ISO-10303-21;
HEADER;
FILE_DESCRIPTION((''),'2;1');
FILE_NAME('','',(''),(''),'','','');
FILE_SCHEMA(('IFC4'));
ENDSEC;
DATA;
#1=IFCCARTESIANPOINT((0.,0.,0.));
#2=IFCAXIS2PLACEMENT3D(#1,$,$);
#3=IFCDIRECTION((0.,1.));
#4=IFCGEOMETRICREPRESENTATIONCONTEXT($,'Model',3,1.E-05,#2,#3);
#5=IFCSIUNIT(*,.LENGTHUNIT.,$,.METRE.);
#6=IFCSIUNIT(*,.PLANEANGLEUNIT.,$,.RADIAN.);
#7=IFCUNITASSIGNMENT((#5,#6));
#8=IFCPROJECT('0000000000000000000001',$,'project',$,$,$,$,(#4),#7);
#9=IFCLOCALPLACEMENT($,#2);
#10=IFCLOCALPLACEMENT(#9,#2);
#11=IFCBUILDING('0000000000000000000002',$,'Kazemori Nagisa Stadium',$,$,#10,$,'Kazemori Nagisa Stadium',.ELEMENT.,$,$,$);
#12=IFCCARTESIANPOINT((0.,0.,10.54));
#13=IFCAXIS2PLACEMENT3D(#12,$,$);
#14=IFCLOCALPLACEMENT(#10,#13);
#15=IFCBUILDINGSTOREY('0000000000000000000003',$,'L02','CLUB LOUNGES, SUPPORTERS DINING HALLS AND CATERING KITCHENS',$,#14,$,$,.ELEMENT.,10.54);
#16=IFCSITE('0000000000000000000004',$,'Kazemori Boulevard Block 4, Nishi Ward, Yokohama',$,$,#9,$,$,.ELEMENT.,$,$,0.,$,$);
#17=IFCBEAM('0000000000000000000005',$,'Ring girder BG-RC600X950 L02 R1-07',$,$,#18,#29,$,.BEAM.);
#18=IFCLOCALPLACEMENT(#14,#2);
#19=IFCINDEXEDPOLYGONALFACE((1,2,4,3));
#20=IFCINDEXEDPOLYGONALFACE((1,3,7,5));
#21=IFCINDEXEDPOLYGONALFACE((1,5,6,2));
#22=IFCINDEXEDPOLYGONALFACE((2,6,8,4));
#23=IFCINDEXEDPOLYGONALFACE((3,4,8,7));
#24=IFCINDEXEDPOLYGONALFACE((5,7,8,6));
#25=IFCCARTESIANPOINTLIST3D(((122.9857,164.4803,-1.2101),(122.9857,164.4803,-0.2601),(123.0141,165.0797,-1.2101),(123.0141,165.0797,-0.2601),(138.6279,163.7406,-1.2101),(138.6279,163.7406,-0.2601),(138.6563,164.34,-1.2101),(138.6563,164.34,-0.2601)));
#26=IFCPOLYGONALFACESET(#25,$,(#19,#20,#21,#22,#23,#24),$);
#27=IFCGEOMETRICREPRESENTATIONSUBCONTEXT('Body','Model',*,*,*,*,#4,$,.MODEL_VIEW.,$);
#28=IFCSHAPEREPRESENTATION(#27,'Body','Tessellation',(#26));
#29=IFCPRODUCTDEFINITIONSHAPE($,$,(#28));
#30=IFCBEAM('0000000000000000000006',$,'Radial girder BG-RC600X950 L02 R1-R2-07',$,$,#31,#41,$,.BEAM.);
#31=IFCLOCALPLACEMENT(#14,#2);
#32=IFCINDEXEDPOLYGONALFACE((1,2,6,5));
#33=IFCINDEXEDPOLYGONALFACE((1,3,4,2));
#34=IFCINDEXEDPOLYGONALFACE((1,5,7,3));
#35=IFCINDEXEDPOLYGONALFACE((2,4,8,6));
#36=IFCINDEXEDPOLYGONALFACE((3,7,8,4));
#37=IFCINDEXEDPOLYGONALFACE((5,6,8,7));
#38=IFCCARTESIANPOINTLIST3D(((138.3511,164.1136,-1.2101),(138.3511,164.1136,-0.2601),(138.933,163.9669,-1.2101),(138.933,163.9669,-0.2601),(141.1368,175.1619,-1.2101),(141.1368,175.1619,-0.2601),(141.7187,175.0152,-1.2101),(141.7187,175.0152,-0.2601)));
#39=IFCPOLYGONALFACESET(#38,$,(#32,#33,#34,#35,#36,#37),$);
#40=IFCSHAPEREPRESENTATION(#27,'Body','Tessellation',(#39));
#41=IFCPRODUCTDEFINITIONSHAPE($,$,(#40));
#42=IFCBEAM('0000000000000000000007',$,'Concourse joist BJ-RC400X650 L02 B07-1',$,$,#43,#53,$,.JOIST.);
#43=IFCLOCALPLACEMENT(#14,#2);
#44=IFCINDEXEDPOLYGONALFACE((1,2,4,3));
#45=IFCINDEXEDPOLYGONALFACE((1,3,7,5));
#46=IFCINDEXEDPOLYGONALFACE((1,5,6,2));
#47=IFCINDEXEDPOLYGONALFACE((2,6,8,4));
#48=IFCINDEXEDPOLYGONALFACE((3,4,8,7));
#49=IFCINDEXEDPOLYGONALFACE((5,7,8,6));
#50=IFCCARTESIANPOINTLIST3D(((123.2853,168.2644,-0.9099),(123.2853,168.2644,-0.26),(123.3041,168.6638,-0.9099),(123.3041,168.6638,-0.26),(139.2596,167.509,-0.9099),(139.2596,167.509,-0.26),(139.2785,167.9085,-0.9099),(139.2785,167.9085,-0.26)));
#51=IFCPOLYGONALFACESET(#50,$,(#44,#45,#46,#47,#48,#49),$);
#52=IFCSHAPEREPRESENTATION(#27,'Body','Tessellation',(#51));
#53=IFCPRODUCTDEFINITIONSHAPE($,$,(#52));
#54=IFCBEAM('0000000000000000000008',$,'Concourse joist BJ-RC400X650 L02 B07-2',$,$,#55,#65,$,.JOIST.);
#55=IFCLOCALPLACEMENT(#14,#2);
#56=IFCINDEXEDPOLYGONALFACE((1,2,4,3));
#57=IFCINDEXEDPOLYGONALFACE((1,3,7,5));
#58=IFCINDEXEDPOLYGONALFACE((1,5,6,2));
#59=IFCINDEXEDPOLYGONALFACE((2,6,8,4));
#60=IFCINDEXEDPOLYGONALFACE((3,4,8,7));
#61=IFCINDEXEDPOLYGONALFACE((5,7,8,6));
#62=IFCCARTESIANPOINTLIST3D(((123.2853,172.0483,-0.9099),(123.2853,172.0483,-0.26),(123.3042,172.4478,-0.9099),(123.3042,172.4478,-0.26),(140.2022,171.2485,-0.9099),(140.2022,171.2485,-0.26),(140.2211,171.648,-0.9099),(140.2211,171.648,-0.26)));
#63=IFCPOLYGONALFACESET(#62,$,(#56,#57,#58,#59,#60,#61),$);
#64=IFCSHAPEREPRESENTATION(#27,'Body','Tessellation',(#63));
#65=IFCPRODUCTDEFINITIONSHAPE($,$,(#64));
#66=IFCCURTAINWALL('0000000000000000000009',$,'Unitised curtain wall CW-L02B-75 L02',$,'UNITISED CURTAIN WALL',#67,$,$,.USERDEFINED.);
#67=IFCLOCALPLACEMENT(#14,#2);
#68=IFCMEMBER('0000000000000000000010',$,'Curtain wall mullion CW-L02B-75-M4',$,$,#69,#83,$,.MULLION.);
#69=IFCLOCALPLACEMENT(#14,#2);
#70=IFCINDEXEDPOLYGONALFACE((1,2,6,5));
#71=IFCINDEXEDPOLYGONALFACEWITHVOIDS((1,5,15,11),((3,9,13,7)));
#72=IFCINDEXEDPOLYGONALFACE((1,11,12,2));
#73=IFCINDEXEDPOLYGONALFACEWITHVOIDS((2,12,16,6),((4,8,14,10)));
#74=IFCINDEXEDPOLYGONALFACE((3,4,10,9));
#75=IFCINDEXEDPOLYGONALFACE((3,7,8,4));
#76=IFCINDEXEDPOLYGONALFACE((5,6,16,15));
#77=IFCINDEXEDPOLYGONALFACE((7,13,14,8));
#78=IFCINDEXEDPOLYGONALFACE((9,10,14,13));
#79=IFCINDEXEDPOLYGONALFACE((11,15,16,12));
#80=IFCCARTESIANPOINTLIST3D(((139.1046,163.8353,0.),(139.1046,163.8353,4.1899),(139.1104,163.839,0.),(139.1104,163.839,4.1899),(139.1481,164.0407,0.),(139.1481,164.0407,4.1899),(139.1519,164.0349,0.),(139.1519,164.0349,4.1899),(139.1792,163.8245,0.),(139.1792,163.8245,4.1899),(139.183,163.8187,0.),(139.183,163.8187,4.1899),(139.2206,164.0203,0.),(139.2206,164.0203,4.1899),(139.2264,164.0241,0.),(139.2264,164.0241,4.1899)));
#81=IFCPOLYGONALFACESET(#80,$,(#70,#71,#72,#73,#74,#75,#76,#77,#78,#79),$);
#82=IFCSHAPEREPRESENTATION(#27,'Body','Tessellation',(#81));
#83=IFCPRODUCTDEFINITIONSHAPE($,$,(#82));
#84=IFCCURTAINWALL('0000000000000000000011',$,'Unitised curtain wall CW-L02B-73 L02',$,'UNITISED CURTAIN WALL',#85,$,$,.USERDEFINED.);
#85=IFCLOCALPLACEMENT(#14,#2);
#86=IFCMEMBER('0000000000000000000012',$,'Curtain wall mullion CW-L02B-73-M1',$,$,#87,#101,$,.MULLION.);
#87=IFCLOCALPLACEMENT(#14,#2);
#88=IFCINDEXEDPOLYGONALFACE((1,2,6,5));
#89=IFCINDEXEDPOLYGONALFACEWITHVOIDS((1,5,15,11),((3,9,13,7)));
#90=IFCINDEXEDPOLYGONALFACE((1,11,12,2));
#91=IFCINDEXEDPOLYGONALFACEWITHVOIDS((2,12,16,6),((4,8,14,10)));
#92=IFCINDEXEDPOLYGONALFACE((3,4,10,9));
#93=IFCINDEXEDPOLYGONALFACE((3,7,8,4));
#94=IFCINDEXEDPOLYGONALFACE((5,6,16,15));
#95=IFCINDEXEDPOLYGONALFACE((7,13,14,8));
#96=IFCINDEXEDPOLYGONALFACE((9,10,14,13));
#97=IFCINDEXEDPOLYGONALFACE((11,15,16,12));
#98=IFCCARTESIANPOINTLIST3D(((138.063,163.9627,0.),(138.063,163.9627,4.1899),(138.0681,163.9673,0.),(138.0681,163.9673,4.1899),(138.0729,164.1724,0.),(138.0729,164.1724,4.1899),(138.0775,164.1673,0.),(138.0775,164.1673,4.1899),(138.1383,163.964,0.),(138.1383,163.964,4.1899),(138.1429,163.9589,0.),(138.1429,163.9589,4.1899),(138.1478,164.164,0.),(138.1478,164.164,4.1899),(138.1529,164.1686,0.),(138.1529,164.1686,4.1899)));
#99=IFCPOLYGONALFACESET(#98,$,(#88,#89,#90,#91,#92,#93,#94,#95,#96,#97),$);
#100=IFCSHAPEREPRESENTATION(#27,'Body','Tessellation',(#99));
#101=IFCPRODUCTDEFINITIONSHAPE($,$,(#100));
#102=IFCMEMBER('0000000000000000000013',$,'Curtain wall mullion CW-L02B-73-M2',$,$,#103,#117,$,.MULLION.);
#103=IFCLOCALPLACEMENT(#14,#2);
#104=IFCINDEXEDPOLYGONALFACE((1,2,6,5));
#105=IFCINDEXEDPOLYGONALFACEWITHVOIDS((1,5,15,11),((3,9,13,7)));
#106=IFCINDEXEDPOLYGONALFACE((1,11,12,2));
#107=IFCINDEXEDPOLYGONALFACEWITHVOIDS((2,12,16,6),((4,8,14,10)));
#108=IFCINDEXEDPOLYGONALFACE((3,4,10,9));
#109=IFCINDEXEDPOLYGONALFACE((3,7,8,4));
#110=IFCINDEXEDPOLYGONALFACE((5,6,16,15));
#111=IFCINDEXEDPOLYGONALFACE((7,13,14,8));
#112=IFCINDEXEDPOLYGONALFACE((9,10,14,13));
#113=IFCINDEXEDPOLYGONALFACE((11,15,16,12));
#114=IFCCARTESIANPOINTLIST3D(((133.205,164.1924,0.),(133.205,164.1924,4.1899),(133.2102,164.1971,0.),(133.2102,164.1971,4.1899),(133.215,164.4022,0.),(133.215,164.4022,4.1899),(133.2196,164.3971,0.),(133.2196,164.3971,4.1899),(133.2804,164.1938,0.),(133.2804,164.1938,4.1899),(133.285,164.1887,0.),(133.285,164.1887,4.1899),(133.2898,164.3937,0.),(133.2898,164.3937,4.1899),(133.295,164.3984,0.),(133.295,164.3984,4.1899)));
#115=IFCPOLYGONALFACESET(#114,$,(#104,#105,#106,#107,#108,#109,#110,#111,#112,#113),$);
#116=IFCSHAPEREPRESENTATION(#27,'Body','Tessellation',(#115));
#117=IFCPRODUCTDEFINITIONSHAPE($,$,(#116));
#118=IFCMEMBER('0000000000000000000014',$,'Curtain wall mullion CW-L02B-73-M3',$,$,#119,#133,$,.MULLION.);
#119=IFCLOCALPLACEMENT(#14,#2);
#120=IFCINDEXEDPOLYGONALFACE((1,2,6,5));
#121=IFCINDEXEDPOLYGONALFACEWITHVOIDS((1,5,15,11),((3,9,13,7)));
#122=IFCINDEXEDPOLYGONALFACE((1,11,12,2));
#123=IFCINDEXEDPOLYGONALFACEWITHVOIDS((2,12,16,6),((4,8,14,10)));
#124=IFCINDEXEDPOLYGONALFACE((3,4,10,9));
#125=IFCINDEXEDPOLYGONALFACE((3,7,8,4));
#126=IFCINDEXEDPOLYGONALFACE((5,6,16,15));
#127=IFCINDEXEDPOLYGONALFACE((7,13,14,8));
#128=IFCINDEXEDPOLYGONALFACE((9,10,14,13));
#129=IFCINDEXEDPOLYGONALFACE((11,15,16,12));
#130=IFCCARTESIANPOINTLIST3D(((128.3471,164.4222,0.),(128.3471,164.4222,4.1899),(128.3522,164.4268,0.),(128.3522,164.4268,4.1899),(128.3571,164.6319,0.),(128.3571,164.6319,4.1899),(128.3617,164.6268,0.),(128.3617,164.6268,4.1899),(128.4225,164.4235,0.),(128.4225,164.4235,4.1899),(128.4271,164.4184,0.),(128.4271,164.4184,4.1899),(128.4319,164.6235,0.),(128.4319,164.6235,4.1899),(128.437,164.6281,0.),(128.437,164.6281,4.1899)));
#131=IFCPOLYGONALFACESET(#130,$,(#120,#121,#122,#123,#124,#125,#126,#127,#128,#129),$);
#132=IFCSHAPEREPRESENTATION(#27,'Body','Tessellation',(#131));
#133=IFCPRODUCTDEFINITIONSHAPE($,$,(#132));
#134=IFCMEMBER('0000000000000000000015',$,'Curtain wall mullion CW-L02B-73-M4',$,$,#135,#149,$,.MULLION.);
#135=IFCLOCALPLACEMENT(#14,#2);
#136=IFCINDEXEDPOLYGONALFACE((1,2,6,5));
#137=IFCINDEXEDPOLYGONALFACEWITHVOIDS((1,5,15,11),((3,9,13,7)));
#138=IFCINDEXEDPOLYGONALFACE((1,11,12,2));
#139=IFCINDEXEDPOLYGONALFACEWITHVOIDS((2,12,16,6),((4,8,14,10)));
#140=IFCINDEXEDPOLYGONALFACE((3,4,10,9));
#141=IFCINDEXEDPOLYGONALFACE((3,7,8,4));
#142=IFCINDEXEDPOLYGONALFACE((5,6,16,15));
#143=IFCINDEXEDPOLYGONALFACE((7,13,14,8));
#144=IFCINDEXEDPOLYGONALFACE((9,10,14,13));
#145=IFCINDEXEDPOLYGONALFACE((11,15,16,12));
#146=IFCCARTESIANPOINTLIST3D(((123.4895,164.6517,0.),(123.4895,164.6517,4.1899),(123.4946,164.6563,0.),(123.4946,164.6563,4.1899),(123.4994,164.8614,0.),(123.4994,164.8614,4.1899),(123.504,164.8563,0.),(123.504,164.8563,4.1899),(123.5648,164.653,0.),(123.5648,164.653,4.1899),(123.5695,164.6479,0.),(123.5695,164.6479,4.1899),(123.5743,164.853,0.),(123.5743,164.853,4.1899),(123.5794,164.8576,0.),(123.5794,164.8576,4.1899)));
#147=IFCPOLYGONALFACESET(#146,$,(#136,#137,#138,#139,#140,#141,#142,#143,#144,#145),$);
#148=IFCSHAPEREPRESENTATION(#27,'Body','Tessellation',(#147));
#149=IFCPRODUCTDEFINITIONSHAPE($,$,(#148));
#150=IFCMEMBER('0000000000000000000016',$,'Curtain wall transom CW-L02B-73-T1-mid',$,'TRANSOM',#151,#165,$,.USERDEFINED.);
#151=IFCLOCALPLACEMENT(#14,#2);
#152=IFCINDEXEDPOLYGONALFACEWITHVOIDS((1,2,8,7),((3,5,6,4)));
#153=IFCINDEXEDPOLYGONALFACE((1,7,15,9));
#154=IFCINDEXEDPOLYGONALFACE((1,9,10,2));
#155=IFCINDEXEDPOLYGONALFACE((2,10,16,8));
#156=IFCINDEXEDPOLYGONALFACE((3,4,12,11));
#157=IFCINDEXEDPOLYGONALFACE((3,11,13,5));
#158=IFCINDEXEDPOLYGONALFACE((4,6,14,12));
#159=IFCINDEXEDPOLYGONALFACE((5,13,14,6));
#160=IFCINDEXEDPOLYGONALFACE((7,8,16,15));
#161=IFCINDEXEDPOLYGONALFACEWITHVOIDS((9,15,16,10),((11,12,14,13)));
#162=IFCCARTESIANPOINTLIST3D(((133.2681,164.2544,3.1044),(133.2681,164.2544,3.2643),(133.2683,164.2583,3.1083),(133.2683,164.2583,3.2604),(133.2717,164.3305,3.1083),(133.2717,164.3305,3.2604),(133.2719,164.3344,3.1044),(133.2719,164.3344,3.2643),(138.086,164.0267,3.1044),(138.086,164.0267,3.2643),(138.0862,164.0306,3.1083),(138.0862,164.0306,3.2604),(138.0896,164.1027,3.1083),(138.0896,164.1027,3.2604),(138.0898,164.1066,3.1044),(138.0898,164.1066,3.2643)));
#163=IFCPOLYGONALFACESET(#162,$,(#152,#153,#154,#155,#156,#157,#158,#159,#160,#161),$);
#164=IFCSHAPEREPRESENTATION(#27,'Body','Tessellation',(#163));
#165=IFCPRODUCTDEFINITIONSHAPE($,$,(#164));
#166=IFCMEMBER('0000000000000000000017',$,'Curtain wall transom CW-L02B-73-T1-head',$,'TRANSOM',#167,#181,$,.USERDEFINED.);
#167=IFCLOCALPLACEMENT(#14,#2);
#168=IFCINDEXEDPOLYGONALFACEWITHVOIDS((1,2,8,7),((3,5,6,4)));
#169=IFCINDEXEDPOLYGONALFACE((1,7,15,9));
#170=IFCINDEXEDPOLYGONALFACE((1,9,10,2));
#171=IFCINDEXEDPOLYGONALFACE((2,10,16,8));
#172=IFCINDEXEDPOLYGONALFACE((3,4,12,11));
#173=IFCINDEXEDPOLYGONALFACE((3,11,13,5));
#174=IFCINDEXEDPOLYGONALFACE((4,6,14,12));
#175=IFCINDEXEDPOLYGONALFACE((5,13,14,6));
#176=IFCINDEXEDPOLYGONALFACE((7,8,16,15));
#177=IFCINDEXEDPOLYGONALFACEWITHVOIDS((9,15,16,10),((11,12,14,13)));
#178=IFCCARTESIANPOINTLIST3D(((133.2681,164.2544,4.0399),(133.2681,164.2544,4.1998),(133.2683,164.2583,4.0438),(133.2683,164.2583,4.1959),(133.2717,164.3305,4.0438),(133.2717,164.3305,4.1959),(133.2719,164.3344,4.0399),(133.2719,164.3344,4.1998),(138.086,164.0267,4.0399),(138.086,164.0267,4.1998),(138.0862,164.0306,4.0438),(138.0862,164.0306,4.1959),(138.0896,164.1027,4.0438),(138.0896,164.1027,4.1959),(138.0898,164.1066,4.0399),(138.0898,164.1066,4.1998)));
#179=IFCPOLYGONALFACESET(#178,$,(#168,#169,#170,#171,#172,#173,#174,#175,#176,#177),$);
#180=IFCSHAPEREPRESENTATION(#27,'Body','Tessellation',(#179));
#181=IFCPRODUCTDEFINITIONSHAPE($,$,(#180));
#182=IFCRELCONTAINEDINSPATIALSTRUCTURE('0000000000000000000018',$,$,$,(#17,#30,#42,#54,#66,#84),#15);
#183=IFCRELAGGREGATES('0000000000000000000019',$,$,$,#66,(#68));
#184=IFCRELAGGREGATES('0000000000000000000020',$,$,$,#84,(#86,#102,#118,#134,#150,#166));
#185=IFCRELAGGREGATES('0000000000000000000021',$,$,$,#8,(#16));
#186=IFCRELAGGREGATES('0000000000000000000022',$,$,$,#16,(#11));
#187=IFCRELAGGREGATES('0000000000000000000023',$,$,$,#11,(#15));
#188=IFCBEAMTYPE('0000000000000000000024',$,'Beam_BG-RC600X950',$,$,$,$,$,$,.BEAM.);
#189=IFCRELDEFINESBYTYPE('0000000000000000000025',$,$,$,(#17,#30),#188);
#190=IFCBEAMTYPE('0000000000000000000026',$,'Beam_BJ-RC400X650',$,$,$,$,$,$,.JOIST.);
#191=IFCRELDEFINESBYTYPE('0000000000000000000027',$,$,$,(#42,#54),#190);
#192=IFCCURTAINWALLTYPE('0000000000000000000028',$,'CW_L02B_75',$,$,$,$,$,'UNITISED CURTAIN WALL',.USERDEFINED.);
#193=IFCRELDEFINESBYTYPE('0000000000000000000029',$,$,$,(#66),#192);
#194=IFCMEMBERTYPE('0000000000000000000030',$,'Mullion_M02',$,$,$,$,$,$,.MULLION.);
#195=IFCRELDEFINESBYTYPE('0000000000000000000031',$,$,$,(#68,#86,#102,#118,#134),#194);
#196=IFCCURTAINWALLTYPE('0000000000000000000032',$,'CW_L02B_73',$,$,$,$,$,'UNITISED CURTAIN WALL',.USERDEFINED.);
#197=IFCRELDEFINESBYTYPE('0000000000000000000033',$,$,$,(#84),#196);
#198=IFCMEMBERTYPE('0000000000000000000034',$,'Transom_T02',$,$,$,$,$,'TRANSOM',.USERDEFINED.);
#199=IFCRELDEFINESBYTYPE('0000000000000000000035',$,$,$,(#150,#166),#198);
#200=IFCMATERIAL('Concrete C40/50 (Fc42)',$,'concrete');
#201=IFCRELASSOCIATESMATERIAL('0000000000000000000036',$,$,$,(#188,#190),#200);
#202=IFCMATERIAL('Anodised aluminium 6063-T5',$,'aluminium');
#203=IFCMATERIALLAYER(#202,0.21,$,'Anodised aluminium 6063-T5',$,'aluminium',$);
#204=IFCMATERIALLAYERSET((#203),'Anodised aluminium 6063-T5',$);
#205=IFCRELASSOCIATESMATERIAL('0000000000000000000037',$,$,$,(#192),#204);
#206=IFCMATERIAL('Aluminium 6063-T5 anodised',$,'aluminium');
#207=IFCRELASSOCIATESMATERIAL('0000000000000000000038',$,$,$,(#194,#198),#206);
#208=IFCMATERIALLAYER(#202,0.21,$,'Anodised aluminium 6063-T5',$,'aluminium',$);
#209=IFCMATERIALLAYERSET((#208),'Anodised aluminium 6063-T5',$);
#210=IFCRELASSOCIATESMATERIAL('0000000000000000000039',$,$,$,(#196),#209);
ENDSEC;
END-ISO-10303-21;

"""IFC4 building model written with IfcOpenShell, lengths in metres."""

from ifc_helpers import new_model, si_unit, direction, frame, origin, origin_2d, place, context, subcontext, project, spatial, rectangle, hollow_rectangle, extrude, material, layer, layer_set, material_profile, profile_set, type_object, element, aggregate, save


model = new_model("IFC4")

# Units and contexts
model_context = context("Model", 3, precision=1e-05, world=origin(), true_north=direction((0.0, 1.0)))
body_context = subcontext(model_context, "Body", "Model", "MODEL_VIEW")
ifc_project = project(units=[si_unit("LENGTHUNIT", "METRE"), si_unit("PLANEANGLEUNIT", "RADIAN")], contexts=[model_context])

# Site, building, storey
site_placement = place(None, origin())
site = spatial("IfcSite", under=ifc_project, at=site_placement, Name="Kazemori Boulevard Block 4, Nishi Ward, Yokohama", CompositionType="ELEMENT", RefElevation=0.0)
building_placement = place(site_placement, origin())
building = spatial("IfcBuilding", under=site, at=building_placement, Name="Kazemori Nagisa Stadium", LongName="Kazemori Nagisa Stadium", CompositionType="ELEMENT")
storey_placement = place(building_placement, frame((0.0, 0.0, 10.54)))
storey = spatial("IfcBuildingStorey", under=building, at=storey_placement, Name="L02", Description="CLUB LOUNGES, SUPPORTERS DINING HALLS AND CATERING KITCHENS", CompositionType="ELEMENT", Elevation=10.54)

# Shared definitions
ifc_material_1 = material(Name="Concrete C40/50 (Fc42)", Category="concrete")

# Beams
ifc_material_profile_1 = material_profile(ifc_material_1, rectangle(XDim=0.6001, YDim=0.95, at=origin_2d()), Name="RC-BM-600x950")
ifc_profile_set_1 = profile_set([ifc_material_profile_1], Name="Concrete C40/50 (Fc42)")
beam_type_1 = type_object("IfcBeamType", Name="Beam_BG-RC600X950", PredefinedType="BEAM", material=ifc_profile_set_1)
beam_1_placement = place(storey_placement, frame((138.6421, 164.0403, -0.7351), z_axis=(-0.998884, 0.047239, 0.0), x_axis=(-0.047239, -0.998884, 0.0)))
element("IfcBeam", 1, at=beam_1_placement, inside=storey, type_object=beam_type_1, Name="Ring girder BG-RC600X950 L02 R1-07", PredefinedType="BEAM", context=body_context, shape_type="SweptSolid", body=[
    extrude(rectangle(XDim=0.6001, YDim=0.95, at=origin_2d()), origin(), (0.0, 0.0, 1.0), 15.6597),
])
beam_2_placement = place(storey_placement, frame((138.6421, 164.0403, -0.7351), z_axis=(0.244481, 0.969654, 0.0), x_axis=(-0.969654, 0.244481, 0.0)))
element("IfcBeam", 2, at=beam_2_placement, inside=storey, type_object=beam_type_1, Name="Radial girder BG-RC600X950 L02 R1-R2-07", PredefinedType="BEAM", context=body_context, shape_type="SweptSolid", body=[
    extrude(rectangle(XDim=0.6001, YDim=0.95, at=origin_2d()), origin(), (0.0, 0.0, 1.0), 11.394),
])
ifc_material_profile_2 = material_profile(ifc_material_1, rectangle(XDim=0.3999, YDim=0.6499, at=origin_2d()), Name="RC-BM-400x650")
ifc_profile_set_2 = profile_set([ifc_material_profile_2], Name="Concrete C40/50 (Fc42)")
beam_type_2 = type_object("IfcBeamType", Name="Beam_BJ-RC400X650", PredefinedType="JOIST", material=ifc_profile_set_2)
beam_3_placement = place(storey_placement, frame((139.269, 167.7087, -0.585), z_axis=(-0.998884, 0.047234, 0.0), x_axis=(-0.047234, -0.998884, 0.0)))
element("IfcBeam", 3, at=beam_3_placement, inside=storey, type_object=beam_type_2, Name="Concourse joist BJ-RC400X650 L02 B07-1", PredefinedType="JOIST", context=body_context, shape_type="SweptSolid", body=[
    extrude(rectangle(XDim=0.3999, YDim=0.6499, at=origin_2d()), origin(), (0.0, 0.0, 1.0), 15.9922),
])
beam_4_placement = place(storey_placement, frame((140.2117, 171.4482, -0.585), z_axis=(-0.998884, 0.047225, 0.0), x_axis=(-0.047225, -0.998884, 0.0)))
element("IfcBeam", 4, at=beam_4_placement, inside=storey, type_object=beam_type_2, Name="Concourse joist BJ-RC400X650 L02 B07-2", PredefinedType="JOIST", context=body_context, shape_type="SweptSolid", body=[
    extrude(rectangle(XDim=0.3999, YDim=0.6499, at=origin_2d()), origin(), (0.0, 0.0, 1.0), 16.9358),
])

# Curtain wall, member
ifc_material_2 = material(Name="Anodised aluminium 6063-T5", Category="aluminium")
ifc_layer_1 = layer(ifc_material_2, 0.21, Name="Anodised aluminium 6063-T5", Category="aluminium")
ifc_layer_set_1 = layer_set([ifc_layer_1], Name="Anodised aluminium 6063-T5")
curtain_wall_type_1 = type_object("IfcCurtainWallType", Name="CW_L02B_75", ElementType="UNITISED CURTAIN WALL", PredefinedType="USERDEFINED", material=ifc_layer_set_1)
curtain_wall_1_placement = place(storey_placement, origin())
curtain_wall_1 = element("IfcCurtainWall", 5, at=curtain_wall_1_placement, inside=storey, type_object=curtain_wall_type_1, Name="Unitised curtain wall CW-L02B-75 L02", ObjectType="UNITISED CURTAIN WALL", PredefinedType="USERDEFINED")
ifc_material_3 = material(Name="Aluminium 6063-T5 anodised", Category="aluminium")
ifc_material_profile_3 = material_profile(ifc_material_3, hollow_rectangle(XDim=0.0801, YDim=0.21, WallThickness=0.0049, at=origin_2d()), Name="ALU-MULL-80x210x5")
ifc_profile_set_3 = profile_set([ifc_material_profile_3], Name="Aluminium 6063-T5 anodised")
member_type_1 = type_object("IfcMemberType", Name="Mullion_M02", PredefinedType="MULLION", material=ifc_profile_set_3)
member_1_placement = place(storey_placement, frame((139.1655, 163.9297, 0.0), z_axis=(0.0, 0.0, 1.0), x_axis=(-0.978345, 0.206981, 0.0)))
member_1 = element("IfcMember", 6, at=member_1_placement, type_object=member_type_1, Name="Curtain wall mullion CW-L02B-75-M4", PredefinedType="MULLION", context=body_context, shape_type="SweptSolid", body=[
    extrude(hollow_rectangle(XDim=0.0801, YDim=0.21, WallThickness=0.0049, at=origin_2d()), origin(), (0.0, 0.0, 1.0), 4.1899),
])
aggregate(curtain_wall_1, [member_1])

# Curtain wall, members
ifc_layer_2 = layer(ifc_material_2, 0.21, Name="Anodised aluminium 6063-T5", Category="aluminium")
ifc_layer_set_2 = layer_set([ifc_layer_2], Name="Anodised aluminium 6063-T5")
curtain_wall_type_2 = type_object("IfcCurtainWallType", Name="CW_L02B_73", ElementType="UNITISED CURTAIN WALL", PredefinedType="USERDEFINED", material=ifc_layer_set_2)
curtain_wall_2_placement = place(storey_placement, origin())
curtain_wall_2 = element("IfcCurtainWall", 7, at=curtain_wall_2_placement, inside=storey, type_object=curtain_wall_type_2, Name="Unitised curtain wall CW-L02B-73 L02", ObjectType="UNITISED CURTAIN WALL", PredefinedType="USERDEFINED")
member_2_placement = place(storey_placement, frame((138.1079, 164.0657, 0.0), z_axis=(0.0, 0.0, 1.0), x_axis=(-0.998884, 0.04723, 0.0)))
member_2 = element("IfcMember", 8, at=member_2_placement, type_object=member_type_1, Name="Curtain wall mullion CW-L02B-73-M1", PredefinedType="MULLION", context=body_context, shape_type="SweptSolid", body=[
    extrude(hollow_rectangle(XDim=0.0801, YDim=0.21, WallThickness=0.0049, at=origin_2d()), origin(), (0.0, 0.0, 1.0), 4.1899),
])
member_3_placement = place(storey_placement, frame((133.25, 164.2954, 0.0), z_axis=(0.0, 0.0, 1.0), x_axis=(-0.998884, 0.04723, 0.0)))
member_3 = element("IfcMember", 9, at=member_3_placement, type_object=member_type_1, Name="Curtain wall mullion CW-L02B-73-M2", PredefinedType="MULLION", context=body_context, shape_type="SweptSolid", body=[
    extrude(hollow_rectangle(XDim=0.0801, YDim=0.21, WallThickness=0.0049, at=origin_2d()), origin(), (0.0, 0.0, 1.0), 4.1899),
])
member_4_placement = place(storey_placement, frame((128.3921, 164.5251, 0.0), z_axis=(0.0, 0.0, 1.0), x_axis=(-0.998884, 0.04723, 0.0)))
member_4 = element("IfcMember", 10, at=member_4_placement, type_object=member_type_1, Name="Curtain wall mullion CW-L02B-73-M3", PredefinedType="MULLION", context=body_context, shape_type="SweptSolid", body=[
    extrude(hollow_rectangle(XDim=0.0801, YDim=0.21, WallThickness=0.0049, at=origin_2d()), origin(), (0.0, 0.0, 1.0), 4.1899),
])
member_5_placement = place(storey_placement, frame((123.5344, 164.7546, 0.0), z_axis=(0.0, 0.0, 1.0), x_axis=(-0.998884, 0.04723, 0.0)))
member_5 = element("IfcMember", 11, at=member_5_placement, type_object=member_type_1, Name="Curtain wall mullion CW-L02B-73-M4", PredefinedType="MULLION", context=body_context, shape_type="SweptSolid", body=[
    extrude(hollow_rectangle(XDim=0.0801, YDim=0.21, WallThickness=0.0049, at=origin_2d()), origin(), (0.0, 0.0, 1.0), 4.1899),
])
ifc_material_profile_4 = material_profile(ifc_material_3, hollow_rectangle(XDim=0.0801, YDim=0.1599, WallThickness=0.0039, at=origin_2d()), Name="ALU-TRAN-80x160x4")
ifc_profile_set_4 = profile_set([ifc_material_profile_4], Name="Aluminium 6063-T5 anodised")
member_type_2 = type_object("IfcMemberType", Name="Transom_T02", ElementType="TRANSOM", PredefinedType="USERDEFINED", material=ifc_profile_set_4)
member_6_placement = place(storey_placement, frame((138.0879, 164.0667, 3.1843), z_axis=(-0.998884, 0.047226, 0.0), x_axis=(-0.047226, -0.998884, 0.0)))
member_6 = element("IfcMember", 12, at=member_6_placement, type_object=member_type_2, Name="Curtain wall transom CW-L02B-73-T1-mid", ObjectType="TRANSOM", PredefinedType="USERDEFINED", context=body_context, shape_type="SweptSolid", body=[
    extrude(hollow_rectangle(XDim=0.0801, YDim=0.1599, WallThickness=0.0039, at=origin_2d()), origin(), (0.0, 0.0, 1.0), 4.8232),
])
member_7_placement = place(storey_placement, frame((138.0879, 164.0667, 4.1199), z_axis=(-0.998884, 0.047226, 0.0), x_axis=(-0.047226, -0.998884, 0.0)))
member_7 = element("IfcMember", 13, at=member_7_placement, type_object=member_type_2, Name="Curtain wall transom CW-L02B-73-T1-head", ObjectType="TRANSOM", PredefinedType="USERDEFINED", context=body_context, shape_type="SweptSolid", body=[
    extrude(hollow_rectangle(XDim=0.0801, YDim=0.1599, WallThickness=0.0039, at=origin_2d()), origin(), (0.0, 0.0, 1.0), 4.8232),
])
aggregate(curtain_wall_2, [member_2, member_3, member_4, member_5, member_6, member_7])

save(model, "model.ifc")
